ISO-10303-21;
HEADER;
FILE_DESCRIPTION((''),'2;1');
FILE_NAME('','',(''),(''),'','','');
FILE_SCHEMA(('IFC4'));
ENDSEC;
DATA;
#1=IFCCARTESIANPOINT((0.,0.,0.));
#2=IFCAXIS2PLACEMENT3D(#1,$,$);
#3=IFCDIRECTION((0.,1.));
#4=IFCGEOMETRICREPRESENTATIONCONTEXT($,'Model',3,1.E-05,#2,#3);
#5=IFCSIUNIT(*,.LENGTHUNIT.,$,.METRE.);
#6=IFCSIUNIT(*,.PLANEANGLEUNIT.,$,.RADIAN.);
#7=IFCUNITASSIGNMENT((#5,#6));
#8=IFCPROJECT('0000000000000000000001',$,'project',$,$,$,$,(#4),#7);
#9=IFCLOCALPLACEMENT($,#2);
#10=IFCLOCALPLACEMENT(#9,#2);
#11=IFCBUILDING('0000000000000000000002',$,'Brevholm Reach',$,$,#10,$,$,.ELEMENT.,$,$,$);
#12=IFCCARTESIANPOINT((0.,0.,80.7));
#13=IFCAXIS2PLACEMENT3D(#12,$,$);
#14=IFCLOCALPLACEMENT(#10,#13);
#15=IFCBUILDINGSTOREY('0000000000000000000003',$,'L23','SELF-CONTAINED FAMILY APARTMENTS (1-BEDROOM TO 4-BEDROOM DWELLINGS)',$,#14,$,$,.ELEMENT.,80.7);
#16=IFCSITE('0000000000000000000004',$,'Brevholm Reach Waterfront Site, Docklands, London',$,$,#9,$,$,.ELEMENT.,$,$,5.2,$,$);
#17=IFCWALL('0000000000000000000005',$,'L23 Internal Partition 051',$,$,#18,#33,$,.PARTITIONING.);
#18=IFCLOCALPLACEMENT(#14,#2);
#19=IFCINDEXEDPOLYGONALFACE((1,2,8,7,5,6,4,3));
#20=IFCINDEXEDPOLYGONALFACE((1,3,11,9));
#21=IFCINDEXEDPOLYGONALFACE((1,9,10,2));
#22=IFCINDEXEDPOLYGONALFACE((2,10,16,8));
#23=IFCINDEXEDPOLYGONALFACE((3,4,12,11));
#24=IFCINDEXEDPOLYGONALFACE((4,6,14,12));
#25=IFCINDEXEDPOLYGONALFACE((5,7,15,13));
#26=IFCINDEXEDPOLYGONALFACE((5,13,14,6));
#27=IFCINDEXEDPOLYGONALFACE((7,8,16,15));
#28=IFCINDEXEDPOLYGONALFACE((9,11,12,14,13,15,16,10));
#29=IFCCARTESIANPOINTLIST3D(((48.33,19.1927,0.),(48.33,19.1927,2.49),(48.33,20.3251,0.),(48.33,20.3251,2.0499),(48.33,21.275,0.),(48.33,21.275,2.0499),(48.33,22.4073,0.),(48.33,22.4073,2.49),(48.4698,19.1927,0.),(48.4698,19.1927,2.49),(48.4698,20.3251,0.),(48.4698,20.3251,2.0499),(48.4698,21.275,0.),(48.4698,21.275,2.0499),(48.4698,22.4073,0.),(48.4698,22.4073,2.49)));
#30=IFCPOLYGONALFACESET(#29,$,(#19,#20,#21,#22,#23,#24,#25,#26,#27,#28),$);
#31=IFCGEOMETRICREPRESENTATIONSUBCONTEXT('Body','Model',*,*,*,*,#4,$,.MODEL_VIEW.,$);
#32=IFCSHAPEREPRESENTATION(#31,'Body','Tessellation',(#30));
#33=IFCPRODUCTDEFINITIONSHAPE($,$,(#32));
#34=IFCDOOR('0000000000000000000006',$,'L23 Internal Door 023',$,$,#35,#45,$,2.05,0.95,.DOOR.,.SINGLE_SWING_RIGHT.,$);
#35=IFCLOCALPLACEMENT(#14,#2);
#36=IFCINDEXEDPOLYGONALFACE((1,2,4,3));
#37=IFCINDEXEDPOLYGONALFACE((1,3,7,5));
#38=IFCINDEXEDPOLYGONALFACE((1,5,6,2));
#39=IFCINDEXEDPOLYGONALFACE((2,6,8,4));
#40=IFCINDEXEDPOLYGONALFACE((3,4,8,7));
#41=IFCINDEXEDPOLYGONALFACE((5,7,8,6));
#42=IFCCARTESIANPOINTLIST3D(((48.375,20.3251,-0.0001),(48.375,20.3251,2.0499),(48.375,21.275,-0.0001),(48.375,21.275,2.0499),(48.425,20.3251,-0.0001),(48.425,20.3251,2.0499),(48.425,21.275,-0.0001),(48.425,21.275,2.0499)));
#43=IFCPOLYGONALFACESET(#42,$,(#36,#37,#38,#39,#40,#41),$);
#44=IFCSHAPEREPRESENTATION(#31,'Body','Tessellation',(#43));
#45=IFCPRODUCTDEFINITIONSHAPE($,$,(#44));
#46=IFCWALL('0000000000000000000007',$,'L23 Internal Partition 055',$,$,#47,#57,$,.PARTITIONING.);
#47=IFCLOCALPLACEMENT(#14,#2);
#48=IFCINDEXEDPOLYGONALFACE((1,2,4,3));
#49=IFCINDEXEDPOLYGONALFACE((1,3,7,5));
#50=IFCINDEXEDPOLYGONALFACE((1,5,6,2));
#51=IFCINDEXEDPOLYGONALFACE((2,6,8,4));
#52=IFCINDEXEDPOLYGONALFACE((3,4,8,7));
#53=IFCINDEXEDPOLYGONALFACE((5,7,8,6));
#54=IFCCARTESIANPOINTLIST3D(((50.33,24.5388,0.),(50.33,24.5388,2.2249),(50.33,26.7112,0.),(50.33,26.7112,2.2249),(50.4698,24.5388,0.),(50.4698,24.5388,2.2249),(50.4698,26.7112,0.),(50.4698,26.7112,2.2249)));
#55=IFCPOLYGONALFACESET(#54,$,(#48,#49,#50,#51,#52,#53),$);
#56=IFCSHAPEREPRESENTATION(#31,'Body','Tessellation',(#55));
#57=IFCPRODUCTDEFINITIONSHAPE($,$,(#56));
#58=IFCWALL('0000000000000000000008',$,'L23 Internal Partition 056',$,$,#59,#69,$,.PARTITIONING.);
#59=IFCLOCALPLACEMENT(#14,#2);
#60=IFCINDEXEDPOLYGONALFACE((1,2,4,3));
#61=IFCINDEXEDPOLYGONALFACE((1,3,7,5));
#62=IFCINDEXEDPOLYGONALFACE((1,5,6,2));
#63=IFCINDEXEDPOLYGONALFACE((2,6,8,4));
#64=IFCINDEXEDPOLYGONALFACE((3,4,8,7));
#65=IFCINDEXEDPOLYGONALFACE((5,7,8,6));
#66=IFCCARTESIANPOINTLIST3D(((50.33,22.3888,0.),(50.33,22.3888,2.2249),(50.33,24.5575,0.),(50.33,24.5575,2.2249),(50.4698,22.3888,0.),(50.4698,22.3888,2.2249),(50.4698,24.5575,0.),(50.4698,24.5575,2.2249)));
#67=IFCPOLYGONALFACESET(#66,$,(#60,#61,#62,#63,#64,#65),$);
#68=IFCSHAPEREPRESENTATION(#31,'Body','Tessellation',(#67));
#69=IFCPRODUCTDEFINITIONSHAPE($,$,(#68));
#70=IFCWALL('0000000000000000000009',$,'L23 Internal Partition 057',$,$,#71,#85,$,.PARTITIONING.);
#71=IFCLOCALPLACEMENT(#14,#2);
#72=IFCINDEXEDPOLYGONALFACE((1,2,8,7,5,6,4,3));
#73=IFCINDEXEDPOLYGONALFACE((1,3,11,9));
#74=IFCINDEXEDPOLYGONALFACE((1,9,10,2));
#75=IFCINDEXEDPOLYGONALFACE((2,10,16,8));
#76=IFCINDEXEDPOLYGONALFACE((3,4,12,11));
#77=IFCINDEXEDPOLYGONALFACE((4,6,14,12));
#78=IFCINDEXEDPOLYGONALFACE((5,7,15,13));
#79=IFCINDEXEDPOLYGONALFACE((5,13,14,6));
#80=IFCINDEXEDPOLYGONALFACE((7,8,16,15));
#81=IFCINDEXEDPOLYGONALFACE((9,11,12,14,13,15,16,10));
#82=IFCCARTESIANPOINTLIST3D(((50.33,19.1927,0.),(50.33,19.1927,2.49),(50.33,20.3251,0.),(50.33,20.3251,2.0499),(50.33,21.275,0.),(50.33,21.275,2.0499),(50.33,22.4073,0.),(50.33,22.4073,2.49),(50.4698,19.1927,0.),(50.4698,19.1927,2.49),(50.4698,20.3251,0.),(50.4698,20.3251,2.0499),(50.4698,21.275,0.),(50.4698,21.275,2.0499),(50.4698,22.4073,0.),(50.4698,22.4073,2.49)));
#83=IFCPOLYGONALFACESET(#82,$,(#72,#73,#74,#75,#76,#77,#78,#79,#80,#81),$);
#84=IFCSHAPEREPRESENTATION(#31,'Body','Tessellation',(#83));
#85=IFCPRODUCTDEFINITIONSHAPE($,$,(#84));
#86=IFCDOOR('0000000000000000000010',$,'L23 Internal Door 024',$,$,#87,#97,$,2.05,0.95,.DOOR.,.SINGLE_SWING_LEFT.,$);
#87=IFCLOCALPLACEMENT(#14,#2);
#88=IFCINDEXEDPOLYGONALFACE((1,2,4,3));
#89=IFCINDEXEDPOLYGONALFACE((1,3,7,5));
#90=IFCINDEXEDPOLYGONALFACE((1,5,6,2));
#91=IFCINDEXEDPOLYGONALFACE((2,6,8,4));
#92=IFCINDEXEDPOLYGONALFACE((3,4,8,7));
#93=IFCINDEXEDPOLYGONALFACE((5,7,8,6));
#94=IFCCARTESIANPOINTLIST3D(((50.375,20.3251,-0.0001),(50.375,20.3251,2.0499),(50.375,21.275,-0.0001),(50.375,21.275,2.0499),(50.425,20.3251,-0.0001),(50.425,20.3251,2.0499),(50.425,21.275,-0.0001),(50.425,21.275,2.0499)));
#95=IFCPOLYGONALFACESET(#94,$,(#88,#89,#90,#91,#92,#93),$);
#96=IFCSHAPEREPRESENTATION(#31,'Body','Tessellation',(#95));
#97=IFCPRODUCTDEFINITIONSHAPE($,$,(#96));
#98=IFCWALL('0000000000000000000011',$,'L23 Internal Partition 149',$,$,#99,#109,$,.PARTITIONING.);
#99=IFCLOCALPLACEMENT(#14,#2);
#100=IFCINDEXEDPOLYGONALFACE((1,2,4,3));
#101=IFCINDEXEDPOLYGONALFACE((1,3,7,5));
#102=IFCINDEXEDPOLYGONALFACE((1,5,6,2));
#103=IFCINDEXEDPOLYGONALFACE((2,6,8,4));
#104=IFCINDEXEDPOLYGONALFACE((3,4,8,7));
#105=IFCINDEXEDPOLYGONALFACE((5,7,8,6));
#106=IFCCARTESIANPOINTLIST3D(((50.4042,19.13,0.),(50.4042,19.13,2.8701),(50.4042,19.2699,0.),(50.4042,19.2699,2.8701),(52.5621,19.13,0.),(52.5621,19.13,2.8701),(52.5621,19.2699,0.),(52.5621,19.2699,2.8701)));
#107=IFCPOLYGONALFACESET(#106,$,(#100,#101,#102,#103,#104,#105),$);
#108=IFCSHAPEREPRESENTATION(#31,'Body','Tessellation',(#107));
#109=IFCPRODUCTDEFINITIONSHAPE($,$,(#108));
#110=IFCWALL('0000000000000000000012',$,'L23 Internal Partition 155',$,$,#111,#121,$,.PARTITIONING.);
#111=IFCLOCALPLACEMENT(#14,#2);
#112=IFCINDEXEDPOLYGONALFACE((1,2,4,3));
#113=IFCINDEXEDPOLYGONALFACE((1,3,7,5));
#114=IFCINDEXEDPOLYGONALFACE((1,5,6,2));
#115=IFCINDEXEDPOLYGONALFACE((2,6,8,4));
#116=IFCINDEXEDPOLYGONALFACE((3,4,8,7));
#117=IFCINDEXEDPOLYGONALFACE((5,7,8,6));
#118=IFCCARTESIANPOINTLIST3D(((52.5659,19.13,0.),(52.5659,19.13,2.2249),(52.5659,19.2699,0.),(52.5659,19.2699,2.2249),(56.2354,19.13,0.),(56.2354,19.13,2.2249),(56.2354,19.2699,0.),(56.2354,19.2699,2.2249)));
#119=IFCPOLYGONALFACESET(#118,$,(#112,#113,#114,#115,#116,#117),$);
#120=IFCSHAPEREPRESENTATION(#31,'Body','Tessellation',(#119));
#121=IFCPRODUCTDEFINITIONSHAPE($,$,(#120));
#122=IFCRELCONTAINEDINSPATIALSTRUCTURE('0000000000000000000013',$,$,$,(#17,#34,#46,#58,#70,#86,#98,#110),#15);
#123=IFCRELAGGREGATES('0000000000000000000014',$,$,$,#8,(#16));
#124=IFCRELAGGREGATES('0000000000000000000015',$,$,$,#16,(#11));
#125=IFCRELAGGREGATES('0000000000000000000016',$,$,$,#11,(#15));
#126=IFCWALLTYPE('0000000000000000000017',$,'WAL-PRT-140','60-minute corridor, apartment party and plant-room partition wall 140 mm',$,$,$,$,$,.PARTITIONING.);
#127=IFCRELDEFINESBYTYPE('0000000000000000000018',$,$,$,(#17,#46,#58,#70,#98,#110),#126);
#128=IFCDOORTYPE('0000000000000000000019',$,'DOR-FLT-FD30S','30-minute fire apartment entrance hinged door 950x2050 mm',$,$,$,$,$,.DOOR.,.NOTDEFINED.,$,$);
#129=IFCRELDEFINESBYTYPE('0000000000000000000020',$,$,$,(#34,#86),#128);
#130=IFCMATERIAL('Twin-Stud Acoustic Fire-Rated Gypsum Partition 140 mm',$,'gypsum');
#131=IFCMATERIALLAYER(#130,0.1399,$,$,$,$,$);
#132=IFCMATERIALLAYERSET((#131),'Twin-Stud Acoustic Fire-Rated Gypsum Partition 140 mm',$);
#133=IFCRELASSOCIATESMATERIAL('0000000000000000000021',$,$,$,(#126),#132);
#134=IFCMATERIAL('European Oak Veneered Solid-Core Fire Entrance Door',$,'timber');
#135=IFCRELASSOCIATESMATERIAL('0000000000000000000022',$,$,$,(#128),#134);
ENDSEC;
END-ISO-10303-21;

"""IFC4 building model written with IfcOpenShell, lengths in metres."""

from ifc_helpers import new_model, si_unit, direction, frame, frame_2d, origin, place, context, subcontext, project, spatial, rectangle, extrude, material, layer, layer_set, type_object, element, fill, save


model = new_model("IFC4")

# Units and contexts
model_context = context("Model", 3, precision=1e-05, world=origin(), true_north=direction((0.0, 1.0)))
body_context = subcontext(model_context, "Body", "Model", "MODEL_VIEW")
ifc_project = project(units=[si_unit("LENGTHUNIT", "METRE"), si_unit("PLANEANGLEUNIT", "RADIAN")], contexts=[model_context])

# Site, building, storey
site_placement = place(None, origin())
site = spatial("IfcSite", under=ifc_project, at=site_placement, Name="Brevholm Reach Waterfront Site, Docklands, London", CompositionType="ELEMENT", RefElevation=5.2)
building_placement = place(site_placement, origin())
building = spatial("IfcBuilding", under=site, at=building_placement, Name="Brevholm Reach", CompositionType="ELEMENT")
storey_placement = place(building_placement, frame((0.0, 0.0, 80.7)))
storey = spatial("IfcBuildingStorey", under=building, at=storey_placement, Name="L23", Description="SELF-CONTAINED FAMILY APARTMENTS (1-BEDROOM TO 4-BEDROOM DWELLINGS)", CompositionType="ELEMENT", Elevation=80.7)

# Shared definitions
ifc_material_1 = material(Name="Twin-Stud Acoustic Fire-Rated Gypsum Partition 140 mm", Category="gypsum")
ifc_layer_1 = layer(ifc_material_1, 0.1399)
ifc_layer_set_1 = layer_set([ifc_layer_1], Name="Twin-Stud Acoustic Fire-Rated Gypsum Partition 140 mm")
wall_type_1 = type_object("IfcWallType", Name="WAL-PRT-140", Description="60-minute corridor, apartment party and plant-room partition wall 140 mm", PredefinedType="PARTITIONING", material=ifc_layer_set_1)

# Wall, opening, door
wall_1_placement = place(storey_placement, frame((48.3999, 19.1926, 0.0), z_axis=(0.0, 0.0, 1.0), x_axis=(0.0, 1.0, 0.0)))
wall_1 = element("IfcWall", 1, at=wall_1_placement, inside=storey, type_object=wall_type_1, Name="L23 Internal Partition 051", PredefinedType="PARTITIONING", context=body_context, shape_type="SweptSolid", body=[
    extrude(rectangle(XDim=3.2146, YDim=0.1399, at=frame_2d((1.6074, 0.0))), origin(), (0.0, 0.0, 1.0), 2.49),
])
opening_1_placement = place(wall_1_placement, frame((1.1323, 0.0, 0.0)))
opening_1 = element("IfcOpeningElement", 2, at=opening_1_placement, cuts=wall_1, PredefinedType="OPENING", context=body_context, shape_type="SweptSolid", body=[
    extrude(rectangle(XDim=0.95, YDim=2.05, at=frame_2d((0.4751, 1.0249))), frame((0.0, 0.0798, 0.0), z_axis=(0.0, -1.0, 0.0), x_axis=(1.0, 0.0, 0.0)), (0.0, 0.0, 1.0), 0.1599),
])
ifc_material_2 = material(Name="European Oak Veneered Solid-Core Fire Entrance Door", Category="timber")
door_type_1 = type_object("IfcDoorType", Name="DOR-FLT-FD30S", Description="30-minute fire apartment entrance hinged door 950x2050 mm", OperationType="NOTDEFINED", PredefinedType="DOOR", material=ifc_material_2)
door_1_placement = place(opening_1_placement, origin())
door_1 = element("IfcDoor", 3, at=door_1_placement, inside=storey, type_object=door_type_1, Name="L23 Internal Door 023", OperationType="SINGLE_SWING_RIGHT", OverallHeight=2.05, OverallWidth=0.95, PredefinedType="DOOR", context=body_context, shape_type="SweptSolid", body=[
    extrude(rectangle(XDim=0.95, YDim=2.05, at=frame_2d((0.4751, 1.0249))), frame((0.0, 0.0249, 0.0), z_axis=(0.0, -1.0, 0.0), x_axis=(1.0, 0.0, 0.0)), (0.0, 0.0, 1.0), 0.05),
])
fill(opening_1, door_1)

# Walls
wall_2_placement = place(storey_placement, frame((50.3999, 24.5388, 0.0), z_axis=(0.0, 0.0, 1.0), x_axis=(0.0, 1.0, 0.0)))
element("IfcWall", 4, at=wall_2_placement, inside=storey, type_object=wall_type_1, Name="L23 Internal Partition 055", PredefinedType="PARTITIONING", context=body_context, shape_type="SweptSolid", body=[
    extrude(rectangle(XDim=2.1724, YDim=0.1399, at=frame_2d((1.0862, 0.0))), origin(), (0.0, 0.0, 1.0), 2.2249),
])
wall_3_placement = place(storey_placement, frame((50.3999, 22.3887, 0.0), z_axis=(0.0, 0.0, 1.0), x_axis=(0.0, 1.0, 0.0)))
element("IfcWall", 5, at=wall_3_placement, inside=storey, type_object=wall_type_1, Name="L23 Internal Partition 056", PredefinedType="PARTITIONING", context=body_context, shape_type="SweptSolid", body=[
    extrude(rectangle(XDim=2.1687, YDim=0.1399, at=frame_2d((1.0845, 0.0))), origin(), (0.0, 0.0, 1.0), 2.2249),
])

# Wall, opening, door
wall_4_placement = place(storey_placement, frame((50.3999, 19.1926, 0.0), z_axis=(0.0, 0.0, 1.0), x_axis=(0.0, 1.0, 0.0)))
wall_4 = element("IfcWall", 6, at=wall_4_placement, inside=storey, type_object=wall_type_1, Name="L23 Internal Partition 057", PredefinedType="PARTITIONING", context=body_context, shape_type="SweptSolid", body=[
    extrude(rectangle(XDim=3.2146, YDim=0.1399, at=frame_2d((1.6074, 0.0))), origin(), (0.0, 0.0, 1.0), 2.49),
])
opening_2_placement = place(wall_4_placement, frame((1.1323, 0.0, 0.0)))
opening_2 = element("IfcOpeningElement", 7, at=opening_2_placement, cuts=wall_4, PredefinedType="OPENING", context=body_context, shape_type="SweptSolid", body=[
    extrude(rectangle(XDim=0.95, YDim=2.05, at=frame_2d((0.4751, 1.0249))), frame((0.0, 0.0798, 0.0), z_axis=(0.0, -1.0, 0.0), x_axis=(1.0, 0.0, 0.0)), (0.0, 0.0, 1.0), 0.1599),
])
door_2_placement = place(opening_2_placement, origin())
door_2 = element("IfcDoor", 8, at=door_2_placement, inside=storey, type_object=door_type_1, Name="L23 Internal Door 024", OperationType="SINGLE_SWING_LEFT", OverallHeight=2.05, OverallWidth=0.95, PredefinedType="DOOR", context=body_context, shape_type="SweptSolid", body=[
    extrude(rectangle(XDim=0.95, YDim=2.05, at=frame_2d((0.4751, 1.0249))), frame((0.0, 0.0249, 0.0), z_axis=(0.0, -1.0, 0.0), x_axis=(1.0, 0.0, 0.0)), (0.0, 0.0, 1.0), 0.05),
])
fill(opening_2, door_2)

# Walls
wall_5_placement = place(storey_placement, frame((50.4041, 19.2, 0.0), z_axis=(0.0, 0.0, 1.0), x_axis=(1.0, 0.0, 0.0)))
element("IfcWall", 9, at=wall_5_placement, inside=storey, type_object=wall_type_1, Name="L23 Internal Partition 149", PredefinedType="PARTITIONING", context=body_context, shape_type="SweptSolid", body=[
    extrude(rectangle(XDim=2.158, YDim=0.1399, at=frame_2d((1.0791, 0.0))), origin(), (0.0, 0.0, 1.0), 2.8701),
])
wall_6_placement = place(storey_placement, frame((52.5659, 19.2, 0.0), z_axis=(0.0, 0.0, 1.0), x_axis=(1.0, 0.0, 0.0)))
element("IfcWall", 10, at=wall_6_placement, inside=storey, type_object=wall_type_1, Name="L23 Internal Partition 155", PredefinedType="PARTITIONING", context=body_context, shape_type="SweptSolid", body=[
    extrude(rectangle(XDim=3.6694, YDim=0.1399, at=frame_2d((1.8347, 0.0))), origin(), (0.0, 0.0, 1.0), 2.2249),
])

save(model, "model.ifc")
